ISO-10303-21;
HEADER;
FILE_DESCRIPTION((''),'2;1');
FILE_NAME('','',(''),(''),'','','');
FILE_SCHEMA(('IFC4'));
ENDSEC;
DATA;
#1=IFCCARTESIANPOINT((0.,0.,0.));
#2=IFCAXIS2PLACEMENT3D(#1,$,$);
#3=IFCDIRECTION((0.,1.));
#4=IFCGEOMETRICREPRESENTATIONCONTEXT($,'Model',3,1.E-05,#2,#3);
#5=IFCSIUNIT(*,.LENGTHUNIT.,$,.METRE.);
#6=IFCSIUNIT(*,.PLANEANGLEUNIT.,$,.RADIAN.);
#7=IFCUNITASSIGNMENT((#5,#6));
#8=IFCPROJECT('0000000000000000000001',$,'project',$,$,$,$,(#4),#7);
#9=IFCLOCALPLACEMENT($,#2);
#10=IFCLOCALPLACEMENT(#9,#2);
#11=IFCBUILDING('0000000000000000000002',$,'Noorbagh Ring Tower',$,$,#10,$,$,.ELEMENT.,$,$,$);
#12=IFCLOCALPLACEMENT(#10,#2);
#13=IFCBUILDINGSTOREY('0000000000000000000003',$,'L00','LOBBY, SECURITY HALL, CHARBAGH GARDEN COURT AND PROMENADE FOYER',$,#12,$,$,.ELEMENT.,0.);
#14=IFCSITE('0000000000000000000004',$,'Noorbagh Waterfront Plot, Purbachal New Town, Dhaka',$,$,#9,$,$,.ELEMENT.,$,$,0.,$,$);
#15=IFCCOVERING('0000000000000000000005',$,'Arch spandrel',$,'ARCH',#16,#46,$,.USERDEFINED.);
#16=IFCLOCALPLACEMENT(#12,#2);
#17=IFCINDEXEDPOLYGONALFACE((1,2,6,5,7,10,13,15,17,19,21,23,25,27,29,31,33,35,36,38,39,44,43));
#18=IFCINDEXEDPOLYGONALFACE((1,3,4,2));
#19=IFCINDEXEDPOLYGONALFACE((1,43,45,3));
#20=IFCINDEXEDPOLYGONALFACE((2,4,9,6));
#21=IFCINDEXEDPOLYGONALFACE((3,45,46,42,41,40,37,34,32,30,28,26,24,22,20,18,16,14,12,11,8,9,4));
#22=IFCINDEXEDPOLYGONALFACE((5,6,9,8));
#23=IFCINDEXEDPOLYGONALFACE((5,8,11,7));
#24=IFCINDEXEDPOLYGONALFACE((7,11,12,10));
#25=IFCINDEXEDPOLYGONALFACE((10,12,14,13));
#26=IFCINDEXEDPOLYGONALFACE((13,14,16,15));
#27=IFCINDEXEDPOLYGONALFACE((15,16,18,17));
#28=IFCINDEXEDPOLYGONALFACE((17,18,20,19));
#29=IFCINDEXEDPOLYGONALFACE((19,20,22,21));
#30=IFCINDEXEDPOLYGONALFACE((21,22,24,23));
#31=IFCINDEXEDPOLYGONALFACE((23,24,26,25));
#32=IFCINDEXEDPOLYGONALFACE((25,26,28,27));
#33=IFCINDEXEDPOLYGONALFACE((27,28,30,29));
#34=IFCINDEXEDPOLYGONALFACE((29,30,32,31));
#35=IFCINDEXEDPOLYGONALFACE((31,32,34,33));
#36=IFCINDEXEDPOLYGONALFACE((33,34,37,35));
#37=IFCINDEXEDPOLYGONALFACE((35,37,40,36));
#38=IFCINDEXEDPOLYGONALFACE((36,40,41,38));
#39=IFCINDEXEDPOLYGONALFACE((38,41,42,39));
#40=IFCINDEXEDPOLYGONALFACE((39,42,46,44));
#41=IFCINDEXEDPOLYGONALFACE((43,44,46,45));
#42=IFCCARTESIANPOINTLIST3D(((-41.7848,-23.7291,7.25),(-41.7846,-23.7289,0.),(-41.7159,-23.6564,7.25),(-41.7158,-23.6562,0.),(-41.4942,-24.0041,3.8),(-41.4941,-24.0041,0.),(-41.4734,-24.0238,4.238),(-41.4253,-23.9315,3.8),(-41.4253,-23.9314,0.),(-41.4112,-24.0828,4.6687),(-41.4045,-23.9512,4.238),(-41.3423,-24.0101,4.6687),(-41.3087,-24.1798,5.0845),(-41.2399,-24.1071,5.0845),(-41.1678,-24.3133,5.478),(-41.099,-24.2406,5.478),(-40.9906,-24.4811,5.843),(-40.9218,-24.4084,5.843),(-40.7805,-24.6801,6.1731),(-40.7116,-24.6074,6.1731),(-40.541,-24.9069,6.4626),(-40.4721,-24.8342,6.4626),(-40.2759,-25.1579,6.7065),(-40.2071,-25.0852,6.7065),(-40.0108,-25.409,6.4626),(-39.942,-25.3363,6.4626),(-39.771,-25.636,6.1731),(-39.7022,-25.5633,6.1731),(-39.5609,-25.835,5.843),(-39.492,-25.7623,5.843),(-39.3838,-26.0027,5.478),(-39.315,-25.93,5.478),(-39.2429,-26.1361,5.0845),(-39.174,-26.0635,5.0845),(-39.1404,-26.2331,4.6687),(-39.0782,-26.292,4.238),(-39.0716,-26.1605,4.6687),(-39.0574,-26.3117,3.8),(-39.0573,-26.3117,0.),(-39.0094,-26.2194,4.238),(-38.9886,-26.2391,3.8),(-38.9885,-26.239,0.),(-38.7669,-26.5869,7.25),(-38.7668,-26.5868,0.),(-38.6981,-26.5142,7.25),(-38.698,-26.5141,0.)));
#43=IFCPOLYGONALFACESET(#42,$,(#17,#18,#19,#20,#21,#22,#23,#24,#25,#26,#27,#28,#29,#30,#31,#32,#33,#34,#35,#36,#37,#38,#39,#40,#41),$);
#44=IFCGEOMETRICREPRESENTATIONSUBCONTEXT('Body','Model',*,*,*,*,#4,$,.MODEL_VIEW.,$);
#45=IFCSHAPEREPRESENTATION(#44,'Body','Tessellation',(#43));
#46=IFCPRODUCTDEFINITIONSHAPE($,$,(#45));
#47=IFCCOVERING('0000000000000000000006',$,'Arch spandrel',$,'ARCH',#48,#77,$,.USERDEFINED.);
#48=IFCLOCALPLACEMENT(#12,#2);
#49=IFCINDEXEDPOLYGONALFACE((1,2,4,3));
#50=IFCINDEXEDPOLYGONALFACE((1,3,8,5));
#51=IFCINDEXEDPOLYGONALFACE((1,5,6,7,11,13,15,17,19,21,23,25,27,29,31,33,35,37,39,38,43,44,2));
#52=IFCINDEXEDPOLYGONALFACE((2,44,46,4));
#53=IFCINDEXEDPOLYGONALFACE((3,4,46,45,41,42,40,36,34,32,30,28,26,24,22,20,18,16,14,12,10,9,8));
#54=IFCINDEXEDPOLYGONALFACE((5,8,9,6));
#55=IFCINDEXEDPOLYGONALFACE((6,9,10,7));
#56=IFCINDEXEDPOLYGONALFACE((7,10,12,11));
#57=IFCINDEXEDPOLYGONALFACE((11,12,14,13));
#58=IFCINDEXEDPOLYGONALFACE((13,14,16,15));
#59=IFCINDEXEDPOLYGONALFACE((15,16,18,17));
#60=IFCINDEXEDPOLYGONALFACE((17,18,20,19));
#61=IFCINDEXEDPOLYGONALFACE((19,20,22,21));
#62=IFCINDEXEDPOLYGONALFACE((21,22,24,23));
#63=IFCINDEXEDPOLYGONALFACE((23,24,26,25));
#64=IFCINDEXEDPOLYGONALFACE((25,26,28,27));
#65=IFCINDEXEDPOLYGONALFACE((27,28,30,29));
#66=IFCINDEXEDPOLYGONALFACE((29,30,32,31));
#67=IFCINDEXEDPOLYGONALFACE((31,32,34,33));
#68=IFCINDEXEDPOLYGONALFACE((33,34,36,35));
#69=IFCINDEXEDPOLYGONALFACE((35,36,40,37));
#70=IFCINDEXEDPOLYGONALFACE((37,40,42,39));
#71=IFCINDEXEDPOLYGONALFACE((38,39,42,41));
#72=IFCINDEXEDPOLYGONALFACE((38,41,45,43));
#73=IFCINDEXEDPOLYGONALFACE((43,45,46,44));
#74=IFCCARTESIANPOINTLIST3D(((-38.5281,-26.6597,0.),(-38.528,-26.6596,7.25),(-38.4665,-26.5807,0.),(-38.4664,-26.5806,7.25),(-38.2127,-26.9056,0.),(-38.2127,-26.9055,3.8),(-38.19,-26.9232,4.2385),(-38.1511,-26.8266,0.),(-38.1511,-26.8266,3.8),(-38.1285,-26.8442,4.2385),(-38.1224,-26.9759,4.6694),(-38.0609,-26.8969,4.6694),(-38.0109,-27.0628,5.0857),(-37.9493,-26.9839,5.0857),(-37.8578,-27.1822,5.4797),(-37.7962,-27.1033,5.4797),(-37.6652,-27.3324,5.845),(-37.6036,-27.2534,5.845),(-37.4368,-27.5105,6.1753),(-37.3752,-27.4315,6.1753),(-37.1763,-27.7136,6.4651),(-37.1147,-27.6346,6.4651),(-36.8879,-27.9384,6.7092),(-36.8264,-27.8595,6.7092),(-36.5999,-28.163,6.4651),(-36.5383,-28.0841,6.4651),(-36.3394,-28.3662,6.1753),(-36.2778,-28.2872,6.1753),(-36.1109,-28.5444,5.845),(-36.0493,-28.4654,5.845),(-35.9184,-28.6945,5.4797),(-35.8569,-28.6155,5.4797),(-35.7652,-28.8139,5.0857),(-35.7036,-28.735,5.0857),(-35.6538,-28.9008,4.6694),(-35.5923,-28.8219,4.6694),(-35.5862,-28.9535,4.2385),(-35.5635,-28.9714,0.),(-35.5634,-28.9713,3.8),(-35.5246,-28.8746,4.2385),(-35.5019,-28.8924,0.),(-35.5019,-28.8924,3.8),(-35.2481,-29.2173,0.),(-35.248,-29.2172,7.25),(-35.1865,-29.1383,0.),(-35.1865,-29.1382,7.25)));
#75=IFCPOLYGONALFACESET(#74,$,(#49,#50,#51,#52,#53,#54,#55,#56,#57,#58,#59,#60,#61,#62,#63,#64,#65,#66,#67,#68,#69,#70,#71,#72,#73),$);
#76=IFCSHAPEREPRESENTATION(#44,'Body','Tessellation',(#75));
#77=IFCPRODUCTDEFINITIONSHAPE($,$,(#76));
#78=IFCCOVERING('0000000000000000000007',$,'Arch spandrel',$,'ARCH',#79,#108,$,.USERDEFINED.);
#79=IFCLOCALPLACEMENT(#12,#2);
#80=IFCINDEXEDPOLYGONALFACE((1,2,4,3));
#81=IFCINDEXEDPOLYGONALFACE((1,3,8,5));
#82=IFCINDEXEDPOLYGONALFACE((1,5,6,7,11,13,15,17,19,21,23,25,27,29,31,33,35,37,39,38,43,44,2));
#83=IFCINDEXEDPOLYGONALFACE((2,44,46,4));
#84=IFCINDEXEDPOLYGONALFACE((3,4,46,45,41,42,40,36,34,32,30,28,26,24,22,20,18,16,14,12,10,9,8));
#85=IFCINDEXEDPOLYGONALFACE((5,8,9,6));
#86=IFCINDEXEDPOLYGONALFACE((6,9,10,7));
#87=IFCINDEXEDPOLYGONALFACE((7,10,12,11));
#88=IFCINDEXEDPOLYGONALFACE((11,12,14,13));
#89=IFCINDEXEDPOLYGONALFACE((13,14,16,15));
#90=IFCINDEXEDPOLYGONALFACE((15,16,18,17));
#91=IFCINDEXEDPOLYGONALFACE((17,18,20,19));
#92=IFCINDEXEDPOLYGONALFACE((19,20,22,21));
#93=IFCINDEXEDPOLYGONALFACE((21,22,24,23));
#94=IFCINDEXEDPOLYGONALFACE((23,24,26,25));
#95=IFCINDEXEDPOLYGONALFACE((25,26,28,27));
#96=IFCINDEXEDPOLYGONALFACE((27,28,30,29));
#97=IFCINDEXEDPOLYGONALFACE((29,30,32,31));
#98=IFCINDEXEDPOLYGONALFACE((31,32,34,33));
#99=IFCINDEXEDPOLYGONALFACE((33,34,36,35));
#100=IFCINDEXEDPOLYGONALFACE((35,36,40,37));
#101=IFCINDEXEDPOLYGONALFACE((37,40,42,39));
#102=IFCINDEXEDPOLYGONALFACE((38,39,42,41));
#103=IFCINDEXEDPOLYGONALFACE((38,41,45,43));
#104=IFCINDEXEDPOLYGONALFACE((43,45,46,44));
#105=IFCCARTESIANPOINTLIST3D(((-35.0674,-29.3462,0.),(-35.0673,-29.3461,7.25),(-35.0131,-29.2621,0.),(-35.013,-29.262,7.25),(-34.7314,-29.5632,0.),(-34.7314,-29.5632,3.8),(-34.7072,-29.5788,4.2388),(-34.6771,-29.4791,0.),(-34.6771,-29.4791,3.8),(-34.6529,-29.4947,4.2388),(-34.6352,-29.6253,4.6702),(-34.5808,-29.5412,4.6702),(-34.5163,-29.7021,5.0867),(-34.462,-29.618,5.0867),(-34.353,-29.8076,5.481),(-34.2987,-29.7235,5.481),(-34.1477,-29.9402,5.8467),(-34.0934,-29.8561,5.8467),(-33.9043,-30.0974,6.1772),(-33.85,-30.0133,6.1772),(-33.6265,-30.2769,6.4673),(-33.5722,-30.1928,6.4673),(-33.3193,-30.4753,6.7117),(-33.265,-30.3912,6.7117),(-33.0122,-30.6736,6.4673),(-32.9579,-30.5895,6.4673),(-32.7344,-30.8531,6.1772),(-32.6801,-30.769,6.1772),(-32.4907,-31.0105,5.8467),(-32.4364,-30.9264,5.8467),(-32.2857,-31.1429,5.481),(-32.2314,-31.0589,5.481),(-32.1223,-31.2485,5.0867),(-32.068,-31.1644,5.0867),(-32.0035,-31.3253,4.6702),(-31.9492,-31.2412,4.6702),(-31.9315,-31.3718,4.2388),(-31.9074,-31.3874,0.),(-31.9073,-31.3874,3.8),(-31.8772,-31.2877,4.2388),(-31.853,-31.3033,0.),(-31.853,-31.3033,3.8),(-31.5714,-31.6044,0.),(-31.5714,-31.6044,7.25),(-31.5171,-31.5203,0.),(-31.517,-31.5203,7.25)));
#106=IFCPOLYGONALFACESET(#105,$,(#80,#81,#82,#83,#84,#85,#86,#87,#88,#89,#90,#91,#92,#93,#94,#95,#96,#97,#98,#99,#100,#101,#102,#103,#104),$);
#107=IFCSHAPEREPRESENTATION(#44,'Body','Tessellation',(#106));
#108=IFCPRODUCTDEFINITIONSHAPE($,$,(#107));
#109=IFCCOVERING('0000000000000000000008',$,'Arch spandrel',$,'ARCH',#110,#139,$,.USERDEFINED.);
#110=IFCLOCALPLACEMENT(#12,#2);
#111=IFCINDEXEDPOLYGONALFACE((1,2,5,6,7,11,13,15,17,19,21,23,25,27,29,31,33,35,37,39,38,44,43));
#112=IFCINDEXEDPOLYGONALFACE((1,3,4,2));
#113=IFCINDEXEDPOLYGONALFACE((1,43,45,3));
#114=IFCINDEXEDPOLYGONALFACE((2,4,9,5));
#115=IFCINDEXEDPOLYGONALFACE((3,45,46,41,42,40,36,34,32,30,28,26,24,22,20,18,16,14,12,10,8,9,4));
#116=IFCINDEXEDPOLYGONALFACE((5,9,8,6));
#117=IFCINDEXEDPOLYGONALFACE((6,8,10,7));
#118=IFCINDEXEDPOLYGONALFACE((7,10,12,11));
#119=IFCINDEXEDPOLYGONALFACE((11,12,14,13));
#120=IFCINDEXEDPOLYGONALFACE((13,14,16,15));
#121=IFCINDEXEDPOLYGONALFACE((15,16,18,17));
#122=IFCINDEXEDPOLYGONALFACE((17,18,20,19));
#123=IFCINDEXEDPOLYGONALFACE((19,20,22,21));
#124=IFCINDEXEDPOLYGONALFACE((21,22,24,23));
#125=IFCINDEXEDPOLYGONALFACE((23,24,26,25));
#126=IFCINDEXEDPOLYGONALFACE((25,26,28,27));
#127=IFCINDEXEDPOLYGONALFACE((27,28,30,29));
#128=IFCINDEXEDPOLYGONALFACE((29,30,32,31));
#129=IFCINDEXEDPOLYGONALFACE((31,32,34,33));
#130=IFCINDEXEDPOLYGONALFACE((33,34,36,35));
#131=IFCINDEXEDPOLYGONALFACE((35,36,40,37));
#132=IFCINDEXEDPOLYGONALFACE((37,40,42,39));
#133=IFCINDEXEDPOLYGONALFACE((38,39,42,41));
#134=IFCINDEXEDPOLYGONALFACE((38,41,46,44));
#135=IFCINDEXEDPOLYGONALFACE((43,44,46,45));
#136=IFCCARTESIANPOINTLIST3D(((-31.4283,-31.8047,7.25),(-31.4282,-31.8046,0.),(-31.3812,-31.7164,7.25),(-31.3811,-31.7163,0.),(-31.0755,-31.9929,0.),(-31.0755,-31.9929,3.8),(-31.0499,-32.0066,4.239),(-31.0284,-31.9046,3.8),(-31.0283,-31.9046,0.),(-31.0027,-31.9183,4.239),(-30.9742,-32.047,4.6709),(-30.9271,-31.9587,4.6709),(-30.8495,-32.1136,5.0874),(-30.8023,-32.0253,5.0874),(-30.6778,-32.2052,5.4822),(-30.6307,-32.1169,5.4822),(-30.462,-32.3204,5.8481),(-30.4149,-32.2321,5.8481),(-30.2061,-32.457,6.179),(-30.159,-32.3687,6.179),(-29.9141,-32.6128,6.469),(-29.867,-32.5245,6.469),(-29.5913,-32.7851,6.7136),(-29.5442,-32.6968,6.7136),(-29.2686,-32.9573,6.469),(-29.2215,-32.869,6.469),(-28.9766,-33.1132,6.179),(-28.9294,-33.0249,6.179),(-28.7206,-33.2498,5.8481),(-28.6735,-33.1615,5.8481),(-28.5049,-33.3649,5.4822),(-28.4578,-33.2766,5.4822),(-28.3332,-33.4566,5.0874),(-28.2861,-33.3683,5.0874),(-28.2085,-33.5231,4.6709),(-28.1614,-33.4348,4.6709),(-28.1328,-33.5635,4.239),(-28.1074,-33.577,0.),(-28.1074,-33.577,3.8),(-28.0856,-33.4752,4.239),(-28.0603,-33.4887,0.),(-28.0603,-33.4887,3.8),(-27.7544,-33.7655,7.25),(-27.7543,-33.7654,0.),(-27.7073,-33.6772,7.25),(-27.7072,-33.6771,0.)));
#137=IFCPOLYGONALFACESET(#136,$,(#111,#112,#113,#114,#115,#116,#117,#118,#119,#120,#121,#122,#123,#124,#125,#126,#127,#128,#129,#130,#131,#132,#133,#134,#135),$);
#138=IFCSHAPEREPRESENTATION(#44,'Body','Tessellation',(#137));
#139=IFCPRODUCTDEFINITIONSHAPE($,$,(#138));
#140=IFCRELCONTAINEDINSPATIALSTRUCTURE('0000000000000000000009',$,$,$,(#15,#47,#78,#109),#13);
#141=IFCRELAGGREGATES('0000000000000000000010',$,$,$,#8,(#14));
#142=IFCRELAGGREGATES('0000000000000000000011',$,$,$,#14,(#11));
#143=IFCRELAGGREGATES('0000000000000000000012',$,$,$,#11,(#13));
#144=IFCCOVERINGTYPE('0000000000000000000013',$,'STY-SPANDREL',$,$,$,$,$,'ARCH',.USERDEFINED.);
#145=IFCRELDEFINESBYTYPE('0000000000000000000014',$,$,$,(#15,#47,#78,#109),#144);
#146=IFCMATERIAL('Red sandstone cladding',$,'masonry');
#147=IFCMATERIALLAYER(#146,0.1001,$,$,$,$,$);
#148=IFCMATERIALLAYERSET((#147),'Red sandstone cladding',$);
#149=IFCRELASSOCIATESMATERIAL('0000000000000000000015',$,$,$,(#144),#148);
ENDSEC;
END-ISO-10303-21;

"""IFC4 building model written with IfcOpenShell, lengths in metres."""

from ifc_helpers import new_model, si_unit, direction, frame, origin, place, context, subcontext, project, spatial, polyline, outline, extrude, material, layer, layer_set, type_object, element, save


model = new_model("IFC4")

# Units and contexts
model_context = context("Model", 3, precision=1e-05, world=origin(), true_north=direction((0.0, 1.0)))
body_context = subcontext(model_context, "Body", "Model", "MODEL_VIEW")
ifc_project = project(units=[si_unit("LENGTHUNIT", "METRE"), si_unit("PLANEANGLEUNIT", "RADIAN")], contexts=[model_context])

# Site, building, storey
site_placement = place(None, origin())
site = spatial("IfcSite", under=ifc_project, at=site_placement, Name="Noorbagh Waterfront Plot, Purbachal New Town, Dhaka", CompositionType="ELEMENT", RefElevation=0.0)
building_placement = place(site_placement, origin())
building = spatial("IfcBuilding", under=site, at=building_placement, Name="Noorbagh Ring Tower", CompositionType="ELEMENT")
storey_placement = place(building_placement, origin())
storey = spatial("IfcBuildingStorey", under=building, at=storey_placement, Name="L00", Description="LOBBY, SECURITY HALL, CHARBAGH GARDEN COURT AND PROMENADE FOYER", CompositionType="ELEMENT", Elevation=0.0)

# Coverings
ifc_material_1 = material(Name="Red sandstone cladding", Category="masonry")
ifc_layer_1 = layer(ifc_material_1, 0.1001)
ifc_layer_set_1 = layer_set([ifc_layer_1], Name="Red sandstone cladding")
covering_type = type_object("IfcCoveringType", Name="STY-SPANDREL", ElementType="ARCH", PredefinedType="USERDEFINED", material=ifc_layer_set_1)
covering_1_placement = place(storey_placement, frame((-41.7158, -23.6562, 0.0), z_axis=(0.687598, 0.726092, 0.000024), x_axis=(0.726092, -0.687598, 0.0)))
element("IfcCovering", 1, at=covering_1_placement, inside=storey, type_object=covering_type, Name="Arch spandrel", ObjectType="ARCH", PredefinedType="USERDEFINED", context=body_context, shape_type="SweptSolid", body=[
    extrude(outline(polyline([(0.0, 0.0), (0.4001, 0.0), (0.4001, -3.8), (0.4288, -4.238), (0.5145, -4.6687), (0.6556, -5.0845), (0.8497, -5.478), (1.0937, -5.843), (1.3831, -6.1731), (1.713, -6.4626), (2.0781, -6.7065), (2.4432, -6.4626), (2.7734, -6.1731), (3.0628, -5.843), (3.3066, -5.478), (3.5008, -5.0845), (3.6419, -4.6687), (3.7275, -4.238), (3.7562, -3.8), (3.7562, 0.0), (4.1563, 0.0), (4.1563, -7.25), (0.0, -7.25), (0.0, 0.0)])), origin(), (0.0, 0.0, -1.0), 0.1001),
])
covering_2_placement = place(storey_placement, frame((-38.5281, -26.6597, 0.0), z_axis=(-0.614914, -0.788594, 0.000018), x_axis=(0.788594, -0.614914, 0.0)))
element("IfcCovering", 2, at=covering_2_placement, inside=storey, type_object=covering_type, Name="Arch spandrel", ObjectType="ARCH", PredefinedType="USERDEFINED", context=body_context, shape_type="SweptSolid", body=[
    extrude(outline(polyline([(0.0, 0.0), (0.3999, 0.0), (0.3999, 3.8), (0.4286, 4.2385), (0.5144, 4.6694), (0.6558, 5.0857), (0.8499, 5.4797), (1.0941, 5.845), (1.3837, 6.1753), (1.7141, 6.4651), (2.0797, 6.7092), (2.445, 6.4651), (2.7753, 6.1753), (3.0651, 5.845), (3.3092, 5.4797), (3.5035, 5.0857), (3.6447, 4.6694), (3.7305, 4.2385), (3.7594, 3.8), (3.7594, 0.0), (4.1593, 0.0), (4.1593, 7.25), (0.0, 7.25), (0.0, 0.0)])), origin(), (0.0, 0.0, -1.0), 0.1001),
])
covering_3_placement = place(storey_placement, frame((-35.0674, -29.3462, 0.0), z_axis=(-0.542594, -0.839995, 0.000011), x_axis=(0.839995, -0.542594, 0.0)))
element("IfcCovering", 3, at=covering_3_placement, inside=storey, type_object=covering_type, Name="Arch spandrel", ObjectType="ARCH", PredefinedType="USERDEFINED", context=body_context, shape_type="SweptSolid", body=[
    extrude(outline(polyline([(0.0, 0.0), (0.4, 0.0), (0.4, 3.8), (0.4287, 4.2388), (0.5145, 4.6702), (0.656, 5.0867), (0.8504, 5.481), (1.0948, 5.8467), (1.3846, 6.1772), (1.7153, 6.4673), (2.081, 6.7117), (2.4466, 6.4673), (2.7773, 6.1772), (3.0674, 5.8467), (3.3115, 5.481), (3.506, 5.0867), (3.6475, 4.6702), (3.7332, 4.2388), (3.762, 3.8), (3.762, 0.0), (4.1619, 0.0), (4.1619, 7.25), (0.0, 7.25), (0.0, 0.0)])), origin(), (0.0, 0.0, -1.0), 0.1001),
])
covering_4_placement = place(storey_placement, frame((-31.3811, -31.7163, 0.0), z_axis=(0.470845, 0.882216, 0.000016), x_axis=(0.882216, -0.470845, 0.0)))
element("IfcCovering", 4, at=covering_4_placement, inside=storey, type_object=covering_type, Name="Arch spandrel", ObjectType="ARCH", PredefinedType="USERDEFINED", context=body_context, shape_type="SweptSolid", body=[
    extrude(outline(polyline([(0.0, 0.0), (0.3999, 0.0), (0.3999, -3.8), (0.4289, -4.239), (0.5146, -4.6709), (0.6561, -5.0874), (0.8506, -5.4822), (1.0953, -5.8481), (1.3854, -6.179), (1.7163, -6.469), (2.0822, -6.7136), (2.448, -6.469), (2.779, -6.179), (3.0691, -5.8481), (3.3137, -5.4822), (3.5083, -5.0874), (3.6496, -4.6709), (3.7355, -4.239), (3.7642, -3.8), (3.7642, 0.0), (4.1644, 0.0), (4.1644, -7.25), (0.0, -7.25), (0.0, 0.0)])), origin(), (0.0, 0.0, -1.0), 0.1001),
])

save(model, "model.ifc")
